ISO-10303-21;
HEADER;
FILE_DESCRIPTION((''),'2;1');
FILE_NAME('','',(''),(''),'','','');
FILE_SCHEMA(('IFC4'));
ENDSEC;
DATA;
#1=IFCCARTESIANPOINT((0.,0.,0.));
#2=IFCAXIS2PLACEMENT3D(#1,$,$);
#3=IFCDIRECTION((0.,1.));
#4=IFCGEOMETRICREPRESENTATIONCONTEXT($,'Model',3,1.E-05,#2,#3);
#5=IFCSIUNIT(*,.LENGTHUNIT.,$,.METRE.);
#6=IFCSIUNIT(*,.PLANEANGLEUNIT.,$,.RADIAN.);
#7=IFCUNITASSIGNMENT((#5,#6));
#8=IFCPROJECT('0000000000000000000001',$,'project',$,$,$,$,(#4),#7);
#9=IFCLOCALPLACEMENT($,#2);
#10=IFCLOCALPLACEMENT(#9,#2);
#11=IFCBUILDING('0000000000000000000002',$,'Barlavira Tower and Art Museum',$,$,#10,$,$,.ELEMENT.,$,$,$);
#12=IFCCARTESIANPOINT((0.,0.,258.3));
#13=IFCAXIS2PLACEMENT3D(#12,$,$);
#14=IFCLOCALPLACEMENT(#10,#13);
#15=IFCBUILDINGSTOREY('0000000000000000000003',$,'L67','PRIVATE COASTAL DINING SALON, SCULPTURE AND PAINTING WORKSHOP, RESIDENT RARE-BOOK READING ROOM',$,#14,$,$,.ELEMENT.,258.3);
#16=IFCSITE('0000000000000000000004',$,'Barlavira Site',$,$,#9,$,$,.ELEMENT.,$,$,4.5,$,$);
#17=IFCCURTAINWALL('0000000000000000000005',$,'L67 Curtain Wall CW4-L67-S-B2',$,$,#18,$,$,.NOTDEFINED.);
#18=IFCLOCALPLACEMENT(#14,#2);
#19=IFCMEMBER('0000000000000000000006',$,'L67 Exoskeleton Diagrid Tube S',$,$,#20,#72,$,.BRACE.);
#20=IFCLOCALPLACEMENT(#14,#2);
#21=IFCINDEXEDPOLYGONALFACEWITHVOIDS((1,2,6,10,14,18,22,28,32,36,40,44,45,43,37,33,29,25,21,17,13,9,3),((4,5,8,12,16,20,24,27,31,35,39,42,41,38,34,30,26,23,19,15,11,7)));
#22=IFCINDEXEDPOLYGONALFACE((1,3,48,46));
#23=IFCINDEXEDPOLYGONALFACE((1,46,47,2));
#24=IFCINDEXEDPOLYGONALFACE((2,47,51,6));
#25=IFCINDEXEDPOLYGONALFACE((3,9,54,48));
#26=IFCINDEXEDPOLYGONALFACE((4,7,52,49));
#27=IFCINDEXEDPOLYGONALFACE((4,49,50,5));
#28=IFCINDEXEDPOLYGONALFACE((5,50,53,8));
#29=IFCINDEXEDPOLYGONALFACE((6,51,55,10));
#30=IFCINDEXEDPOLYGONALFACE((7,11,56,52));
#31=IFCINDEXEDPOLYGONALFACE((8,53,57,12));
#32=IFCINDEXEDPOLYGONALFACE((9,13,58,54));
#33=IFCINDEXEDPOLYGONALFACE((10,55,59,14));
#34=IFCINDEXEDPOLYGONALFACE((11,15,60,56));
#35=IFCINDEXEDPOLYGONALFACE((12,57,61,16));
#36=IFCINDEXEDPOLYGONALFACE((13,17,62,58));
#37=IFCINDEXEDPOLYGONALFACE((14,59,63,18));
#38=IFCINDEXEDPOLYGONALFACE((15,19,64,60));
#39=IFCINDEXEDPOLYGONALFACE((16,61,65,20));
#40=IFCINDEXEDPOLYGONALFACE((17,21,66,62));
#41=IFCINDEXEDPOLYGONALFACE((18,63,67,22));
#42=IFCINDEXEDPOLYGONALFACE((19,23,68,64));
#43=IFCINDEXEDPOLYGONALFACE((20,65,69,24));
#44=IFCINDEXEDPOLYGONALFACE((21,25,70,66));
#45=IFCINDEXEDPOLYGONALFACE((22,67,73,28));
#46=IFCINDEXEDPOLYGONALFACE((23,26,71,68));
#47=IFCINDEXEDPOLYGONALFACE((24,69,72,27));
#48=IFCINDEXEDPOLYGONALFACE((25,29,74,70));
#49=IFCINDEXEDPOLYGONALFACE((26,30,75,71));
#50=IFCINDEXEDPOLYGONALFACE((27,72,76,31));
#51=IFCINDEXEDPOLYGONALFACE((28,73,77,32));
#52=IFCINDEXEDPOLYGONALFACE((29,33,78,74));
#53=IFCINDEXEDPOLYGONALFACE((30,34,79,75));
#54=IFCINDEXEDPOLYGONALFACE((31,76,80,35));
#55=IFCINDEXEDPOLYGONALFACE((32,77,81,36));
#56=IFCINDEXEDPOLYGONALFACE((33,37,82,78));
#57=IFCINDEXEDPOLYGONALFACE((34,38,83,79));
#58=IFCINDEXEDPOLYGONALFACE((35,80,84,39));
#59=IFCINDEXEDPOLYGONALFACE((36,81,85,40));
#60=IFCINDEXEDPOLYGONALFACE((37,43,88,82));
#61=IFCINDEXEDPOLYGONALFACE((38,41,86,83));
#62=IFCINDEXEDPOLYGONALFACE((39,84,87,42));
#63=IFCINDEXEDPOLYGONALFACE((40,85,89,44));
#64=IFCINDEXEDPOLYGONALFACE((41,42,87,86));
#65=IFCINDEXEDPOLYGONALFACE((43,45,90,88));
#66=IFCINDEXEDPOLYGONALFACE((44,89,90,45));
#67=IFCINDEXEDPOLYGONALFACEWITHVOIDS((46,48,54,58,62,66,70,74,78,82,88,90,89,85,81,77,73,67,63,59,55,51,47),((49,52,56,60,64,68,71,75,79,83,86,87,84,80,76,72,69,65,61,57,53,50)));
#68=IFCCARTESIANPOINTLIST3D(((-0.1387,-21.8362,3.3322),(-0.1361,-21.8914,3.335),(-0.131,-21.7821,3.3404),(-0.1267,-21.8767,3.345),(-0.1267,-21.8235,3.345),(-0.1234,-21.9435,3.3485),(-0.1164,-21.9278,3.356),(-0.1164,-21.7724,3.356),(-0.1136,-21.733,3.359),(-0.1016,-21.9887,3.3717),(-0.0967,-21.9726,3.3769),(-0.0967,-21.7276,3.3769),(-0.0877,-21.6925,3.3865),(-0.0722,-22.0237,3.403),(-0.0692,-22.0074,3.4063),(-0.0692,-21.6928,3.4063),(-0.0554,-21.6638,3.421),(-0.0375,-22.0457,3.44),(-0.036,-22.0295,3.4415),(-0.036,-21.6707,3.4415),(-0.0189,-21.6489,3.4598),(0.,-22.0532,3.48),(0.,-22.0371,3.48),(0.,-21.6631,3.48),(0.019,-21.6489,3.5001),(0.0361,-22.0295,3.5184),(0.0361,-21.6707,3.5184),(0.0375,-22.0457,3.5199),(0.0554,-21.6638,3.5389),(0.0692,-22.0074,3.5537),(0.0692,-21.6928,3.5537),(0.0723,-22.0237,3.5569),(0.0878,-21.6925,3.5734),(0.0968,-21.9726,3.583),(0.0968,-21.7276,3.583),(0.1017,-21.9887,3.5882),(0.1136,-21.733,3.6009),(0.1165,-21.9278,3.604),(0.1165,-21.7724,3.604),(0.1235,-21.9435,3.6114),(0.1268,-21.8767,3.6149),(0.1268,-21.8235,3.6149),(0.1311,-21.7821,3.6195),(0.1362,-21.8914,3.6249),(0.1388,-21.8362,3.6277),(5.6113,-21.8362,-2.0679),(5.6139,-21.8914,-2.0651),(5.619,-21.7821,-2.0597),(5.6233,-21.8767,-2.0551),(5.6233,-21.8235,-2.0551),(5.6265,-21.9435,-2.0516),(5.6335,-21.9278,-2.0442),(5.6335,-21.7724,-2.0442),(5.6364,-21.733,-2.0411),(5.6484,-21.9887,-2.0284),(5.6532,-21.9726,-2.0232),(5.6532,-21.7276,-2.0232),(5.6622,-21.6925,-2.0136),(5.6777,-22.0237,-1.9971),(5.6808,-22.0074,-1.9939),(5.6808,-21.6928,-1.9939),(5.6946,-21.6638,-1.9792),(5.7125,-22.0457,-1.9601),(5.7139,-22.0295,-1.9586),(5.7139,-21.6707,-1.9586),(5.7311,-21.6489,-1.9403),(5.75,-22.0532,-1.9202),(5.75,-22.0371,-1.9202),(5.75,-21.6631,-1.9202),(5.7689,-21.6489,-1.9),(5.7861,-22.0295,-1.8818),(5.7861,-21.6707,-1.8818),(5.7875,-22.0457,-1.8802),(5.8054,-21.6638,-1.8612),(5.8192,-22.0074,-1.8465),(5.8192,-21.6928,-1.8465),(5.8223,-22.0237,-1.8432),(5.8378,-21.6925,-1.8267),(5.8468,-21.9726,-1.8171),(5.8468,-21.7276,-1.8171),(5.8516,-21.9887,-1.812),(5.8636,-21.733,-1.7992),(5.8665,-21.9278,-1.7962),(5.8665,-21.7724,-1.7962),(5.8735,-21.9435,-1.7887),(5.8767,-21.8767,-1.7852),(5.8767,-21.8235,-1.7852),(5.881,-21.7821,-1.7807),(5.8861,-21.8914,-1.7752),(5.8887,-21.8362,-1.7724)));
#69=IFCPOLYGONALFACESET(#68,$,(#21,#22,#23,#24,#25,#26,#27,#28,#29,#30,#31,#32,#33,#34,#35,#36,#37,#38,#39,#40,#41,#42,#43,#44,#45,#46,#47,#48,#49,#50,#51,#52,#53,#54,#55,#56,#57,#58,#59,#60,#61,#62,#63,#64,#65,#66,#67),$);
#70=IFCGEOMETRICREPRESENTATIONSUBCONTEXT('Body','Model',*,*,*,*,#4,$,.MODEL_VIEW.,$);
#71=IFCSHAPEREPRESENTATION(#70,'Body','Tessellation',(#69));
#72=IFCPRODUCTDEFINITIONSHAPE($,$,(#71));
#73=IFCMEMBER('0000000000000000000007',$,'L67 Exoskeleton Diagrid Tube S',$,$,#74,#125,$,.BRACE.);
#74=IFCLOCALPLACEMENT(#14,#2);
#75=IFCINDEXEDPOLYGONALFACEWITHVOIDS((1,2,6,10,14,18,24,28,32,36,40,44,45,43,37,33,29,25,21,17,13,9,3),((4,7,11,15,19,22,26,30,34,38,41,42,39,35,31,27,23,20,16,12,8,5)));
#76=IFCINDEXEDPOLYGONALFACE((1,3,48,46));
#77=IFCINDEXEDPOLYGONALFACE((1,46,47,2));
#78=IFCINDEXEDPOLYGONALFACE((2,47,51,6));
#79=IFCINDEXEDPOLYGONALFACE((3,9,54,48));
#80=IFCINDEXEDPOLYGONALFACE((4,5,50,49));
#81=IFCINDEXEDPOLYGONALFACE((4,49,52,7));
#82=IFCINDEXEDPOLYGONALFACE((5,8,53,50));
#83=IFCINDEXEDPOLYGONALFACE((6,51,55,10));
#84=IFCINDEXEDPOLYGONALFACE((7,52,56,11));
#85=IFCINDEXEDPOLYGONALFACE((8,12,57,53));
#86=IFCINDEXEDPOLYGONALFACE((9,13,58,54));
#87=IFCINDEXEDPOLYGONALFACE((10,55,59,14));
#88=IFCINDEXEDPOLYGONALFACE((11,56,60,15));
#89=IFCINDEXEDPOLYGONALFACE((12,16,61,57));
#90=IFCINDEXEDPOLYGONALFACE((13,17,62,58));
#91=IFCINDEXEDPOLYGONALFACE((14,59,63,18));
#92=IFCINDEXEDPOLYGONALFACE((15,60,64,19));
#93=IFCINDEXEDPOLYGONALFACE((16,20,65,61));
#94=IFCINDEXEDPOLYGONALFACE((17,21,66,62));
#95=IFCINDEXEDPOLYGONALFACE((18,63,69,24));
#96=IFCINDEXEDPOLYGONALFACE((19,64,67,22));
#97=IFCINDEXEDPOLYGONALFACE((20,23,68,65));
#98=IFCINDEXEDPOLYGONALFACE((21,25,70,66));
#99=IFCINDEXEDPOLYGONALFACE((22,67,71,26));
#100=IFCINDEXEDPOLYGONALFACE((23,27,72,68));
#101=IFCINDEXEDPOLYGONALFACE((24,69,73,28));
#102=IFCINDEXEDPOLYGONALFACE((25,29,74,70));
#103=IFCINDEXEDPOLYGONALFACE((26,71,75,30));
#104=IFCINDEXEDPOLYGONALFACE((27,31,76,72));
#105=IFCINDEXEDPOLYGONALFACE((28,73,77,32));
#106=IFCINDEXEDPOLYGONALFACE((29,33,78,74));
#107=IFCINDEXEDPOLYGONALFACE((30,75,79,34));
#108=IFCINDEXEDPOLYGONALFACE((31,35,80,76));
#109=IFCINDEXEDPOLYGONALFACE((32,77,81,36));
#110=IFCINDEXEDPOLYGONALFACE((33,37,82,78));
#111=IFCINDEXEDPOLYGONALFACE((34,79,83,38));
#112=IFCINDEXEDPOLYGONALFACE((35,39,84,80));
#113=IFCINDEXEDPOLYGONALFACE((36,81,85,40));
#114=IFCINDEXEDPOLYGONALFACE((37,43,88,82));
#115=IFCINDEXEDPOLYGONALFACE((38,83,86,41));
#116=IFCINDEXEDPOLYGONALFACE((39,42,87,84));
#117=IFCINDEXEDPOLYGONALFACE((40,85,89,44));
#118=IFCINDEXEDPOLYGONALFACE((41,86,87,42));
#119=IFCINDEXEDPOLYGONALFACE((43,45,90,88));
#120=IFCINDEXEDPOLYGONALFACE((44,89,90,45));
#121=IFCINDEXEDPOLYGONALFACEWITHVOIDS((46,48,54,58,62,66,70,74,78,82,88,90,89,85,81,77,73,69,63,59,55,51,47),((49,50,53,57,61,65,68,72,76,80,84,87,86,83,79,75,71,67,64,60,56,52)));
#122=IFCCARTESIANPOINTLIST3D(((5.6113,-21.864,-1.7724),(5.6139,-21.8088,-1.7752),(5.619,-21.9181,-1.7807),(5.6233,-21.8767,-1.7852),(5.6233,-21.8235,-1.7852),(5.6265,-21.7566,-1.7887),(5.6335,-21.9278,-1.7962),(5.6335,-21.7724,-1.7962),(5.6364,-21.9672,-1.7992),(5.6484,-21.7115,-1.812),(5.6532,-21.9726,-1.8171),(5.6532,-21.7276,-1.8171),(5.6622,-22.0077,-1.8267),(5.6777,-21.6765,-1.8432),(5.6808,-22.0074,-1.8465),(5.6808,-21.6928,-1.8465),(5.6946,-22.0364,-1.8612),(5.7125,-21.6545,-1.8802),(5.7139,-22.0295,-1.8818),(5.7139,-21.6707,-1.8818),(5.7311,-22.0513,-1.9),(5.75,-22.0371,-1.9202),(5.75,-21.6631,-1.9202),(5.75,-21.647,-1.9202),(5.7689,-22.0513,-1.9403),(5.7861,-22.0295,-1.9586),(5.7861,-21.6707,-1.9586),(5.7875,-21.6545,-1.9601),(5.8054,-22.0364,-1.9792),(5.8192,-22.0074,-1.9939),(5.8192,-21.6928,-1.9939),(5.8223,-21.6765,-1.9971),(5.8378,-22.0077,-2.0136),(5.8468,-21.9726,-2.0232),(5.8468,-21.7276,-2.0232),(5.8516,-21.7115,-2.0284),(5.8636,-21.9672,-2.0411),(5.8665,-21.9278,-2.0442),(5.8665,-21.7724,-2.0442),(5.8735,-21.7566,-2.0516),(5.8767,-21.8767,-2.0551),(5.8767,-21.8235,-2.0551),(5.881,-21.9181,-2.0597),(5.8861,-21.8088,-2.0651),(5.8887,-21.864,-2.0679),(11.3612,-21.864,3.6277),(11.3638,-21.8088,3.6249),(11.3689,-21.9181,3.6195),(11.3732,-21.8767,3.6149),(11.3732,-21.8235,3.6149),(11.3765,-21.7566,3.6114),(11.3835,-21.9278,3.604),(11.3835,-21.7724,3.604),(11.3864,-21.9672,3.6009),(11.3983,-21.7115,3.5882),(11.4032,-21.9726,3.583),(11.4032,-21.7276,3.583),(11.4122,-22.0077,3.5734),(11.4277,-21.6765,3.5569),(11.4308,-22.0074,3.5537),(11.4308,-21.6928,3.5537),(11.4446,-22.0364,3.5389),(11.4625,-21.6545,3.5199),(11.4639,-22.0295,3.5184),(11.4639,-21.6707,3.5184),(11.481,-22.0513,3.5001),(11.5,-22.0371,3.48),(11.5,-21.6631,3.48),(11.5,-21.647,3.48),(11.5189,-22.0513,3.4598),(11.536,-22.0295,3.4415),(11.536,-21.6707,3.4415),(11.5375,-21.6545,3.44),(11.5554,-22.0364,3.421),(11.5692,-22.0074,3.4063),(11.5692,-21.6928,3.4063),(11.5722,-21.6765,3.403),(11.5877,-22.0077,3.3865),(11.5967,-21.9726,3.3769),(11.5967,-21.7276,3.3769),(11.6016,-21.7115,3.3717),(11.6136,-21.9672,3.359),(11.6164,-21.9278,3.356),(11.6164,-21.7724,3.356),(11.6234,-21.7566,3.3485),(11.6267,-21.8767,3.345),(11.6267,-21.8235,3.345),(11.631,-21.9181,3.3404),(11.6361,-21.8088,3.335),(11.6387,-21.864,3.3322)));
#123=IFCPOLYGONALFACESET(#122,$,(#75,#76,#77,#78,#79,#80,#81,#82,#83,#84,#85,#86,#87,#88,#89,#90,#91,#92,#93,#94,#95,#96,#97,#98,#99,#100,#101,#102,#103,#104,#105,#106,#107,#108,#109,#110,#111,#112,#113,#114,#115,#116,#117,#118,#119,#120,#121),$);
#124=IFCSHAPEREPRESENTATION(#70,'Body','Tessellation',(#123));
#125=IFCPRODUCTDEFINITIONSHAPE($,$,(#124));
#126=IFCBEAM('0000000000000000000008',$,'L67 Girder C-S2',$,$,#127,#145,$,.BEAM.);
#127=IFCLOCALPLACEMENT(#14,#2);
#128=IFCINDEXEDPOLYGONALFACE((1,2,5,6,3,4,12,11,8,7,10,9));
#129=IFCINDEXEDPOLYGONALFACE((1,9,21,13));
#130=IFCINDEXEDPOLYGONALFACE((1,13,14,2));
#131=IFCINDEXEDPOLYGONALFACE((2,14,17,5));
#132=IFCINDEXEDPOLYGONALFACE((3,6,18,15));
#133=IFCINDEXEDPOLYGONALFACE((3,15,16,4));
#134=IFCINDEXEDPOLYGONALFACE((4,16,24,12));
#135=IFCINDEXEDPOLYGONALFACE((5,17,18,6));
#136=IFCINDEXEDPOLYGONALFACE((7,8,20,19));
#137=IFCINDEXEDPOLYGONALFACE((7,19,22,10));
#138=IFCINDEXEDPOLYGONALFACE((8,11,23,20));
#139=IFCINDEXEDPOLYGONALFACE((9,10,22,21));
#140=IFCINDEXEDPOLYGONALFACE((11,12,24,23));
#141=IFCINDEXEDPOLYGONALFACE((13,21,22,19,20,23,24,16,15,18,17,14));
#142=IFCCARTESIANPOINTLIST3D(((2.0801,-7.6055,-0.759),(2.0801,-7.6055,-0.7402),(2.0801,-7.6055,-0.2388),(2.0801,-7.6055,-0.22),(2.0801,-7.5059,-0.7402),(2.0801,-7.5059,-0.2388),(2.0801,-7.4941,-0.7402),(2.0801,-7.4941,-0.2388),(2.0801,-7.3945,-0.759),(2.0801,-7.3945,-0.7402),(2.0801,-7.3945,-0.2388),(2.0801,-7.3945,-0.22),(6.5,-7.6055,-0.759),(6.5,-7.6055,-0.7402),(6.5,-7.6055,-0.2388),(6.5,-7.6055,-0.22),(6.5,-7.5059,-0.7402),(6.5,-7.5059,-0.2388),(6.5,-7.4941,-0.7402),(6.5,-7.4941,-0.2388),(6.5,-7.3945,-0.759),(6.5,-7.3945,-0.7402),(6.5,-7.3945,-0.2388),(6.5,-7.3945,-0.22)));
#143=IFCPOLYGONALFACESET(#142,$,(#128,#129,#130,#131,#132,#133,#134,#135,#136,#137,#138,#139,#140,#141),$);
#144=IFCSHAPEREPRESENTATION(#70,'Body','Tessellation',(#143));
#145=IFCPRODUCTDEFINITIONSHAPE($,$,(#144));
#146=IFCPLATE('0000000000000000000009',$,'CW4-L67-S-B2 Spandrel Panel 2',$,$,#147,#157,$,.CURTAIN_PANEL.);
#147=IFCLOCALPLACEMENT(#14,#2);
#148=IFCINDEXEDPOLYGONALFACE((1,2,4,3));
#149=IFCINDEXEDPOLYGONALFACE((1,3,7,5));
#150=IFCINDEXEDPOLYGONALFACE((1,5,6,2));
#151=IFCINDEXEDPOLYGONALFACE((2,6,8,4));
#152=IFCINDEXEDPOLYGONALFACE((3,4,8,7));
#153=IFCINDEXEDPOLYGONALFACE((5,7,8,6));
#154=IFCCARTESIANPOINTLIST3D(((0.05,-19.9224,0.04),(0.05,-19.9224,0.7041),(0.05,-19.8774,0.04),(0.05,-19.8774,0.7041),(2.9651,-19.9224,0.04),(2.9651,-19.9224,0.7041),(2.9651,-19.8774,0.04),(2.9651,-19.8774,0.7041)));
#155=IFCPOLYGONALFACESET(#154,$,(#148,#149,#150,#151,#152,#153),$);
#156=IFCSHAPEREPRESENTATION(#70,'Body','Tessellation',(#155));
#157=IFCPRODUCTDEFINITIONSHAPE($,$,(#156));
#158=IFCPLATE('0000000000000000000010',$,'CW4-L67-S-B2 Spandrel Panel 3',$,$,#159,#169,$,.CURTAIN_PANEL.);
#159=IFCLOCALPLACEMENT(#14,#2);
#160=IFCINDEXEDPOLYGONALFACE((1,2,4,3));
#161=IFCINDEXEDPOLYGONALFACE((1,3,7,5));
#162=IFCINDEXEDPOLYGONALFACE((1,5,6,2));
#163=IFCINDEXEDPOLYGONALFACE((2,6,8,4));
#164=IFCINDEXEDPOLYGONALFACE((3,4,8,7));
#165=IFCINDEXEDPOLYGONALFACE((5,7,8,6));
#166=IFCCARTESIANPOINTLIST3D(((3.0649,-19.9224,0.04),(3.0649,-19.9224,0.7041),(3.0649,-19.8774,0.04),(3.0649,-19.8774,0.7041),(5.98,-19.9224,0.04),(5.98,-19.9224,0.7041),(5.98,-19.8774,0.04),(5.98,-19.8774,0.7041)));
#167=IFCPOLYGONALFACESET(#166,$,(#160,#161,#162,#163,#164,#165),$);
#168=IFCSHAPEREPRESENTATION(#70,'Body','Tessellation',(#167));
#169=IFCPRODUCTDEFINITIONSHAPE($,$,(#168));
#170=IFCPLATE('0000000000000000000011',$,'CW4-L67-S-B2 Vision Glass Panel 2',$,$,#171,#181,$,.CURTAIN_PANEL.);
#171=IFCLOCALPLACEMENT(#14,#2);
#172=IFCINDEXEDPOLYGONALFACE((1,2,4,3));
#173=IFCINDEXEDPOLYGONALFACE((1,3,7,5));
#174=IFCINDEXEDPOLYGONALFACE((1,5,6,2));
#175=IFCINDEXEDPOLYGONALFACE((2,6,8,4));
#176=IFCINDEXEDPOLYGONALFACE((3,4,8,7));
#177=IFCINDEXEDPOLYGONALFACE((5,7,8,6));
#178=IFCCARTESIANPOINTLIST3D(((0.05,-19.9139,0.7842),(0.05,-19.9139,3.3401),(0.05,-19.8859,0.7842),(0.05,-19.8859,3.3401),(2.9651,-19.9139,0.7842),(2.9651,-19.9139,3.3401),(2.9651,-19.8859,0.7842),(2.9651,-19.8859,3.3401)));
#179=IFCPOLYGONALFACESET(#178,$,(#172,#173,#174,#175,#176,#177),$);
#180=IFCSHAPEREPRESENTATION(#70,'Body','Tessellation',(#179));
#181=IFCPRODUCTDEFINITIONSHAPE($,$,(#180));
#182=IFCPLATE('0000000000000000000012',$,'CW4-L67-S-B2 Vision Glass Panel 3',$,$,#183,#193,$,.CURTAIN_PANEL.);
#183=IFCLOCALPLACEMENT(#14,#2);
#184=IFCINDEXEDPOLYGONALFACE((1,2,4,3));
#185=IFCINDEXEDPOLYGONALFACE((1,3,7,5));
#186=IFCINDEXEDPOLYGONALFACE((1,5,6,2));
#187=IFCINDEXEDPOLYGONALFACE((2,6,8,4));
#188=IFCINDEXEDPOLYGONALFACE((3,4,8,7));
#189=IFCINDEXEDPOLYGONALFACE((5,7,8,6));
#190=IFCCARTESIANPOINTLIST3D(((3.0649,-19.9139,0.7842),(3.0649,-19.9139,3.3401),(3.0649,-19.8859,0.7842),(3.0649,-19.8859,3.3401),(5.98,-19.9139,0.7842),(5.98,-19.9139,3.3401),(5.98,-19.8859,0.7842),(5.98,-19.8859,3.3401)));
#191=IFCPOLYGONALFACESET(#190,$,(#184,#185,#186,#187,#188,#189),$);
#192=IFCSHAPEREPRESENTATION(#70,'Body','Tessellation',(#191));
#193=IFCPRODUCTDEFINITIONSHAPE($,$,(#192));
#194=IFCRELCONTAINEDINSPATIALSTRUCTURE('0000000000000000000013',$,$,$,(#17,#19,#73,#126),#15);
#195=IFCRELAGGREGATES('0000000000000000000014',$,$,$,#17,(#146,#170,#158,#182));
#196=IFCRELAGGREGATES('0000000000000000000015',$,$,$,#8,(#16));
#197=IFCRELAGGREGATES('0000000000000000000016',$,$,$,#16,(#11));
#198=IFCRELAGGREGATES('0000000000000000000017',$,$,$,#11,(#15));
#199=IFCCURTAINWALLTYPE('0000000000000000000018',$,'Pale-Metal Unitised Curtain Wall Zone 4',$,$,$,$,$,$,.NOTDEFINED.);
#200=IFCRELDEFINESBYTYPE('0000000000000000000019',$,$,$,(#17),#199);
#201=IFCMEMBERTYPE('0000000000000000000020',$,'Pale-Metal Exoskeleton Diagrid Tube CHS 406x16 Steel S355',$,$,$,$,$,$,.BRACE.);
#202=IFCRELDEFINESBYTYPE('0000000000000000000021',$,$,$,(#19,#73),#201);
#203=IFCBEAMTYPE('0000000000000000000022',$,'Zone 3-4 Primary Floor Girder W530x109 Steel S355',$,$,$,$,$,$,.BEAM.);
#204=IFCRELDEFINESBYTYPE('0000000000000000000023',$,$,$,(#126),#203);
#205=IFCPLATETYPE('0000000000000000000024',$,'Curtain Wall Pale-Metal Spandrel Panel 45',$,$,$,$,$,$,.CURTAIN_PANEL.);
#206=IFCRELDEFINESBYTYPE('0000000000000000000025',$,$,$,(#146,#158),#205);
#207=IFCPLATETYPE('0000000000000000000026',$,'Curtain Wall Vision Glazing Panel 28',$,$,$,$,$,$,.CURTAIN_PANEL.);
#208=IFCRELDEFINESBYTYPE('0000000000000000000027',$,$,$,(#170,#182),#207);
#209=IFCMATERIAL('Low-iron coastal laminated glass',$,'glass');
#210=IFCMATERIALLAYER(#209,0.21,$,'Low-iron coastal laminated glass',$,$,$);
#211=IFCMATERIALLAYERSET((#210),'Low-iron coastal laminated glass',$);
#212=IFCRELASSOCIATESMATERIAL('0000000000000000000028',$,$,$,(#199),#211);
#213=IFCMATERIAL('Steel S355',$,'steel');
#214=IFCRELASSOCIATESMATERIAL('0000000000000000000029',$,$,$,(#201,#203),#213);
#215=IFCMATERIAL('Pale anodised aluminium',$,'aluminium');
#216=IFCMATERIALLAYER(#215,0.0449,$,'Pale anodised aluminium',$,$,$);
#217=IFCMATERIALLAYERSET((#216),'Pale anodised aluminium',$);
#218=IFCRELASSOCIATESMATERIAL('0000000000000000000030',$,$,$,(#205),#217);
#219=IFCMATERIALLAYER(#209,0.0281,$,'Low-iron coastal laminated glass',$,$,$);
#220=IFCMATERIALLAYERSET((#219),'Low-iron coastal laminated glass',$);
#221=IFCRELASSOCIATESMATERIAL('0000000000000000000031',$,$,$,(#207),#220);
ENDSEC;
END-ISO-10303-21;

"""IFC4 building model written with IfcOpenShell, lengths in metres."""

from ifc_helpers import new_model, si_unit, direction, frame, origin, origin_2d, place, context, subcontext, project, spatial, rectangle, hollow_circle, i_section, extrude, material, layer, layer_set, material_profile, profile_set, type_object, element, aggregate, save


model = new_model("IFC4")

# Units and contexts
model_context = context("Model", 3, precision=1e-05, world=origin(), true_north=direction((0.0, 1.0)))
body_context = subcontext(model_context, "Body", "Model", "MODEL_VIEW")
ifc_project = project(units=[si_unit("LENGTHUNIT", "METRE"), si_unit("PLANEANGLEUNIT", "RADIAN")], contexts=[model_context])

# Site, building, storey
site_placement = place(None, origin())
site = spatial("IfcSite", under=ifc_project, at=site_placement, Name="Barlavira Site", CompositionType="ELEMENT", RefElevation=4.5)
building_placement = place(site_placement, origin())
building = spatial("IfcBuilding", under=site, at=building_placement, Name="Barlavira Tower and Art Museum", CompositionType="ELEMENT")
storey_placement = place(building_placement, frame((0.0, 0.0, 258.3)))
storey = spatial("IfcBuildingStorey", under=building, at=storey_placement, Name="L67", Description="PRIVATE COASTAL DINING SALON, SCULPTURE AND PAINTING WORKSHOP, RESIDENT RARE-BOOK READING ROOM", CompositionType="ELEMENT", Elevation=258.3)

# Shared definitions
ifc_material_1 = material(Name="Steel S355", Category="steel")

# Curtain wall
ifc_material_2 = material(Name="Low-iron coastal laminated glass", Category="glass")
ifc_layer_1 = layer(ifc_material_2, 0.21, Name="Low-iron coastal laminated glass")
ifc_layer_set_1 = layer_set([ifc_layer_1], Name="Low-iron coastal laminated glass")
curtain_wall_type = type_object("IfcCurtainWallType", Name="Pale-Metal Unitised Curtain Wall Zone 4", PredefinedType="NOTDEFINED", material=ifc_layer_set_1)
curtain_wall_placement = place(storey_placement, origin())
curtain_wall = element("IfcCurtainWall", 1, at=curtain_wall_placement, inside=storey, type_object=curtain_wall_type, Name="L67 Curtain Wall CW4-L67-S-B2", PredefinedType="NOTDEFINED")
ifc_material_3 = material(Name="Pale anodised aluminium", Category="aluminium")

# Members
ifc_material_profile_1 = material_profile(ifc_material_1, hollow_circle(Radius=0.2031, WallThickness=0.0161, at=origin_2d()), Name="CHS 406.4x16.0")
ifc_profile_set_1 = profile_set([ifc_material_profile_1], Name="Steel S355")
member_type_1 = type_object("IfcMemberType", Name="Pale-Metal Exoskeleton Diagrid Tube CHS 406x16 Steel S355", PredefinedType="BRACE", material=ifc_profile_set_1)
for number, where, z_axis, x_axis, name in (
    (2, (5.75, -21.8501, -1.9202), (-0.728935, 0.0, 0.684583), (0.0, -1.0, 0.0), "L67 Exoskeleton Diagrid Tube S"),
    (3, (5.75, -21.8501, -1.9202), (0.728935, 0.0, 0.684583), (0.0, 1.0, 0.0), "L67 Exoskeleton Diagrid Tube S"),
):
    element("IfcMember", number, at=place(storey_placement, frame(where, z_axis=z_axis, x_axis=x_axis)), inside=storey, type_object=member_type_1, Name=name, PredefinedType="BRACE", context=body_context, shape_type="SweptSolid", body=[
        extrude(hollow_circle(Radius=0.2031, WallThickness=0.0161, at=origin_2d()), origin(), (0.0, 0.0, 1.0), 7.8882),
    ])

# Beam
ifc_material_profile_2 = material_profile(ifc_material_1, i_section(OverallWidth=0.2109, OverallDepth=0.5391, WebThickness=0.0117, FlangeThickness=0.0188, at=origin_2d()), Name="W530x109.0")
ifc_profile_set_2 = profile_set([ifc_material_profile_2], Name="Steel S355")
beam_type = type_object("IfcBeamType", Name="Zone 3-4 Primary Floor Girder W530x109 Steel S355", PredefinedType="BEAM", material=ifc_profile_set_2)
beam_placement = place(storey_placement, frame((2.0801, -7.5, -0.4895), z_axis=(1.0, 0.0, 0.0), x_axis=(0.0, 1.0, 0.0)))
element("IfcBeam", 4, at=beam_placement, inside=storey, type_object=beam_type, Name="L67 Girder C-S2", PredefinedType="BEAM", context=body_context, shape_type="SweptSolid", body=[
    extrude(i_section(OverallWidth=0.2109, OverallDepth=0.5391, WebThickness=0.0117, FlangeThickness=0.0188, at=origin_2d()), origin(), (0.0, 0.0, 1.0), 4.4199),
])

# Plates
ifc_layer_2 = layer(ifc_material_3, 0.0449, Name="Pale anodised aluminium")
ifc_layer_set_2 = layer_set([ifc_layer_2], Name="Pale anodised aluminium")
plate_type_1 = type_object("IfcPlateType", Name="Curtain Wall Pale-Metal Spandrel Panel 45", PredefinedType="CURTAIN_PANEL", material=ifc_layer_set_2)
plate_1_placement = place(storey_placement, frame((1.5076, -19.8999, 0.04), z_axis=(0.0, 0.0, 1.0), x_axis=(1.0, 0.0, 0.0)))
plate_1 = element("IfcPlate", 5, at=plate_1_placement, type_object=plate_type_1, Name="CW4-L67-S-B2 Spandrel Panel 2", PredefinedType="CURTAIN_PANEL", context=body_context, shape_type="SweptSolid", body=[
    extrude(rectangle(XDim=2.915, YDim=0.0449, at=origin_2d()), origin(), (0.0, 0.0, 1.0), 0.6641),
])
plate_2_placement = place(storey_placement, frame((4.5225, -19.8999, 0.04), z_axis=(0.0, 0.0, 1.0), x_axis=(1.0, 0.0, 0.0)))
plate_2 = element("IfcPlate", 6, at=plate_2_placement, type_object=plate_type_1, Name="CW4-L67-S-B2 Spandrel Panel 3", PredefinedType="CURTAIN_PANEL", context=body_context, shape_type="SweptSolid", body=[
    extrude(rectangle(XDim=2.915, YDim=0.0449, at=origin_2d()), origin(), (0.0, 0.0, 1.0), 0.6641),
])
ifc_layer_3 = layer(ifc_material_2, 0.0281, Name="Low-iron coastal laminated glass")
ifc_layer_set_3 = layer_set([ifc_layer_3], Name="Low-iron coastal laminated glass")
plate_type_2 = type_object("IfcPlateType", Name="Curtain Wall Vision Glazing Panel 28", PredefinedType="CURTAIN_PANEL", material=ifc_layer_set_3)
plate_3_placement = place(storey_placement, frame((1.5076, -19.8999, 0.7842), z_axis=(0.0, 0.0, 1.0), x_axis=(1.0, 0.0, 0.0)))
plate_3 = element("IfcPlate", 7, at=plate_3_placement, type_object=plate_type_2, Name="CW4-L67-S-B2 Vision Glass Panel 2", PredefinedType="CURTAIN_PANEL", context=body_context, shape_type="SweptSolid", body=[
    extrude(rectangle(XDim=2.915, YDim=0.0281, at=origin_2d()), origin(), (0.0, 0.0, 1.0), 2.5559),
])
plate_4_placement = place(storey_placement, frame((4.5225, -19.8999, 0.7842), z_axis=(0.0, 0.0, 1.0), x_axis=(1.0, 0.0, 0.0)))
plate_4 = element("IfcPlate", 8, at=plate_4_placement, type_object=plate_type_2, Name="CW4-L67-S-B2 Vision Glass Panel 3", PredefinedType="CURTAIN_PANEL", context=body_context, shape_type="SweptSolid", body=[
    extrude(rectangle(XDim=2.915, YDim=0.0281, at=origin_2d()), origin(), (0.0, 0.0, 1.0), 2.5559),
])
aggregate(curtain_wall, [plate_1, plate_3, plate_2, plate_4])

save(model, "model.ifc")
